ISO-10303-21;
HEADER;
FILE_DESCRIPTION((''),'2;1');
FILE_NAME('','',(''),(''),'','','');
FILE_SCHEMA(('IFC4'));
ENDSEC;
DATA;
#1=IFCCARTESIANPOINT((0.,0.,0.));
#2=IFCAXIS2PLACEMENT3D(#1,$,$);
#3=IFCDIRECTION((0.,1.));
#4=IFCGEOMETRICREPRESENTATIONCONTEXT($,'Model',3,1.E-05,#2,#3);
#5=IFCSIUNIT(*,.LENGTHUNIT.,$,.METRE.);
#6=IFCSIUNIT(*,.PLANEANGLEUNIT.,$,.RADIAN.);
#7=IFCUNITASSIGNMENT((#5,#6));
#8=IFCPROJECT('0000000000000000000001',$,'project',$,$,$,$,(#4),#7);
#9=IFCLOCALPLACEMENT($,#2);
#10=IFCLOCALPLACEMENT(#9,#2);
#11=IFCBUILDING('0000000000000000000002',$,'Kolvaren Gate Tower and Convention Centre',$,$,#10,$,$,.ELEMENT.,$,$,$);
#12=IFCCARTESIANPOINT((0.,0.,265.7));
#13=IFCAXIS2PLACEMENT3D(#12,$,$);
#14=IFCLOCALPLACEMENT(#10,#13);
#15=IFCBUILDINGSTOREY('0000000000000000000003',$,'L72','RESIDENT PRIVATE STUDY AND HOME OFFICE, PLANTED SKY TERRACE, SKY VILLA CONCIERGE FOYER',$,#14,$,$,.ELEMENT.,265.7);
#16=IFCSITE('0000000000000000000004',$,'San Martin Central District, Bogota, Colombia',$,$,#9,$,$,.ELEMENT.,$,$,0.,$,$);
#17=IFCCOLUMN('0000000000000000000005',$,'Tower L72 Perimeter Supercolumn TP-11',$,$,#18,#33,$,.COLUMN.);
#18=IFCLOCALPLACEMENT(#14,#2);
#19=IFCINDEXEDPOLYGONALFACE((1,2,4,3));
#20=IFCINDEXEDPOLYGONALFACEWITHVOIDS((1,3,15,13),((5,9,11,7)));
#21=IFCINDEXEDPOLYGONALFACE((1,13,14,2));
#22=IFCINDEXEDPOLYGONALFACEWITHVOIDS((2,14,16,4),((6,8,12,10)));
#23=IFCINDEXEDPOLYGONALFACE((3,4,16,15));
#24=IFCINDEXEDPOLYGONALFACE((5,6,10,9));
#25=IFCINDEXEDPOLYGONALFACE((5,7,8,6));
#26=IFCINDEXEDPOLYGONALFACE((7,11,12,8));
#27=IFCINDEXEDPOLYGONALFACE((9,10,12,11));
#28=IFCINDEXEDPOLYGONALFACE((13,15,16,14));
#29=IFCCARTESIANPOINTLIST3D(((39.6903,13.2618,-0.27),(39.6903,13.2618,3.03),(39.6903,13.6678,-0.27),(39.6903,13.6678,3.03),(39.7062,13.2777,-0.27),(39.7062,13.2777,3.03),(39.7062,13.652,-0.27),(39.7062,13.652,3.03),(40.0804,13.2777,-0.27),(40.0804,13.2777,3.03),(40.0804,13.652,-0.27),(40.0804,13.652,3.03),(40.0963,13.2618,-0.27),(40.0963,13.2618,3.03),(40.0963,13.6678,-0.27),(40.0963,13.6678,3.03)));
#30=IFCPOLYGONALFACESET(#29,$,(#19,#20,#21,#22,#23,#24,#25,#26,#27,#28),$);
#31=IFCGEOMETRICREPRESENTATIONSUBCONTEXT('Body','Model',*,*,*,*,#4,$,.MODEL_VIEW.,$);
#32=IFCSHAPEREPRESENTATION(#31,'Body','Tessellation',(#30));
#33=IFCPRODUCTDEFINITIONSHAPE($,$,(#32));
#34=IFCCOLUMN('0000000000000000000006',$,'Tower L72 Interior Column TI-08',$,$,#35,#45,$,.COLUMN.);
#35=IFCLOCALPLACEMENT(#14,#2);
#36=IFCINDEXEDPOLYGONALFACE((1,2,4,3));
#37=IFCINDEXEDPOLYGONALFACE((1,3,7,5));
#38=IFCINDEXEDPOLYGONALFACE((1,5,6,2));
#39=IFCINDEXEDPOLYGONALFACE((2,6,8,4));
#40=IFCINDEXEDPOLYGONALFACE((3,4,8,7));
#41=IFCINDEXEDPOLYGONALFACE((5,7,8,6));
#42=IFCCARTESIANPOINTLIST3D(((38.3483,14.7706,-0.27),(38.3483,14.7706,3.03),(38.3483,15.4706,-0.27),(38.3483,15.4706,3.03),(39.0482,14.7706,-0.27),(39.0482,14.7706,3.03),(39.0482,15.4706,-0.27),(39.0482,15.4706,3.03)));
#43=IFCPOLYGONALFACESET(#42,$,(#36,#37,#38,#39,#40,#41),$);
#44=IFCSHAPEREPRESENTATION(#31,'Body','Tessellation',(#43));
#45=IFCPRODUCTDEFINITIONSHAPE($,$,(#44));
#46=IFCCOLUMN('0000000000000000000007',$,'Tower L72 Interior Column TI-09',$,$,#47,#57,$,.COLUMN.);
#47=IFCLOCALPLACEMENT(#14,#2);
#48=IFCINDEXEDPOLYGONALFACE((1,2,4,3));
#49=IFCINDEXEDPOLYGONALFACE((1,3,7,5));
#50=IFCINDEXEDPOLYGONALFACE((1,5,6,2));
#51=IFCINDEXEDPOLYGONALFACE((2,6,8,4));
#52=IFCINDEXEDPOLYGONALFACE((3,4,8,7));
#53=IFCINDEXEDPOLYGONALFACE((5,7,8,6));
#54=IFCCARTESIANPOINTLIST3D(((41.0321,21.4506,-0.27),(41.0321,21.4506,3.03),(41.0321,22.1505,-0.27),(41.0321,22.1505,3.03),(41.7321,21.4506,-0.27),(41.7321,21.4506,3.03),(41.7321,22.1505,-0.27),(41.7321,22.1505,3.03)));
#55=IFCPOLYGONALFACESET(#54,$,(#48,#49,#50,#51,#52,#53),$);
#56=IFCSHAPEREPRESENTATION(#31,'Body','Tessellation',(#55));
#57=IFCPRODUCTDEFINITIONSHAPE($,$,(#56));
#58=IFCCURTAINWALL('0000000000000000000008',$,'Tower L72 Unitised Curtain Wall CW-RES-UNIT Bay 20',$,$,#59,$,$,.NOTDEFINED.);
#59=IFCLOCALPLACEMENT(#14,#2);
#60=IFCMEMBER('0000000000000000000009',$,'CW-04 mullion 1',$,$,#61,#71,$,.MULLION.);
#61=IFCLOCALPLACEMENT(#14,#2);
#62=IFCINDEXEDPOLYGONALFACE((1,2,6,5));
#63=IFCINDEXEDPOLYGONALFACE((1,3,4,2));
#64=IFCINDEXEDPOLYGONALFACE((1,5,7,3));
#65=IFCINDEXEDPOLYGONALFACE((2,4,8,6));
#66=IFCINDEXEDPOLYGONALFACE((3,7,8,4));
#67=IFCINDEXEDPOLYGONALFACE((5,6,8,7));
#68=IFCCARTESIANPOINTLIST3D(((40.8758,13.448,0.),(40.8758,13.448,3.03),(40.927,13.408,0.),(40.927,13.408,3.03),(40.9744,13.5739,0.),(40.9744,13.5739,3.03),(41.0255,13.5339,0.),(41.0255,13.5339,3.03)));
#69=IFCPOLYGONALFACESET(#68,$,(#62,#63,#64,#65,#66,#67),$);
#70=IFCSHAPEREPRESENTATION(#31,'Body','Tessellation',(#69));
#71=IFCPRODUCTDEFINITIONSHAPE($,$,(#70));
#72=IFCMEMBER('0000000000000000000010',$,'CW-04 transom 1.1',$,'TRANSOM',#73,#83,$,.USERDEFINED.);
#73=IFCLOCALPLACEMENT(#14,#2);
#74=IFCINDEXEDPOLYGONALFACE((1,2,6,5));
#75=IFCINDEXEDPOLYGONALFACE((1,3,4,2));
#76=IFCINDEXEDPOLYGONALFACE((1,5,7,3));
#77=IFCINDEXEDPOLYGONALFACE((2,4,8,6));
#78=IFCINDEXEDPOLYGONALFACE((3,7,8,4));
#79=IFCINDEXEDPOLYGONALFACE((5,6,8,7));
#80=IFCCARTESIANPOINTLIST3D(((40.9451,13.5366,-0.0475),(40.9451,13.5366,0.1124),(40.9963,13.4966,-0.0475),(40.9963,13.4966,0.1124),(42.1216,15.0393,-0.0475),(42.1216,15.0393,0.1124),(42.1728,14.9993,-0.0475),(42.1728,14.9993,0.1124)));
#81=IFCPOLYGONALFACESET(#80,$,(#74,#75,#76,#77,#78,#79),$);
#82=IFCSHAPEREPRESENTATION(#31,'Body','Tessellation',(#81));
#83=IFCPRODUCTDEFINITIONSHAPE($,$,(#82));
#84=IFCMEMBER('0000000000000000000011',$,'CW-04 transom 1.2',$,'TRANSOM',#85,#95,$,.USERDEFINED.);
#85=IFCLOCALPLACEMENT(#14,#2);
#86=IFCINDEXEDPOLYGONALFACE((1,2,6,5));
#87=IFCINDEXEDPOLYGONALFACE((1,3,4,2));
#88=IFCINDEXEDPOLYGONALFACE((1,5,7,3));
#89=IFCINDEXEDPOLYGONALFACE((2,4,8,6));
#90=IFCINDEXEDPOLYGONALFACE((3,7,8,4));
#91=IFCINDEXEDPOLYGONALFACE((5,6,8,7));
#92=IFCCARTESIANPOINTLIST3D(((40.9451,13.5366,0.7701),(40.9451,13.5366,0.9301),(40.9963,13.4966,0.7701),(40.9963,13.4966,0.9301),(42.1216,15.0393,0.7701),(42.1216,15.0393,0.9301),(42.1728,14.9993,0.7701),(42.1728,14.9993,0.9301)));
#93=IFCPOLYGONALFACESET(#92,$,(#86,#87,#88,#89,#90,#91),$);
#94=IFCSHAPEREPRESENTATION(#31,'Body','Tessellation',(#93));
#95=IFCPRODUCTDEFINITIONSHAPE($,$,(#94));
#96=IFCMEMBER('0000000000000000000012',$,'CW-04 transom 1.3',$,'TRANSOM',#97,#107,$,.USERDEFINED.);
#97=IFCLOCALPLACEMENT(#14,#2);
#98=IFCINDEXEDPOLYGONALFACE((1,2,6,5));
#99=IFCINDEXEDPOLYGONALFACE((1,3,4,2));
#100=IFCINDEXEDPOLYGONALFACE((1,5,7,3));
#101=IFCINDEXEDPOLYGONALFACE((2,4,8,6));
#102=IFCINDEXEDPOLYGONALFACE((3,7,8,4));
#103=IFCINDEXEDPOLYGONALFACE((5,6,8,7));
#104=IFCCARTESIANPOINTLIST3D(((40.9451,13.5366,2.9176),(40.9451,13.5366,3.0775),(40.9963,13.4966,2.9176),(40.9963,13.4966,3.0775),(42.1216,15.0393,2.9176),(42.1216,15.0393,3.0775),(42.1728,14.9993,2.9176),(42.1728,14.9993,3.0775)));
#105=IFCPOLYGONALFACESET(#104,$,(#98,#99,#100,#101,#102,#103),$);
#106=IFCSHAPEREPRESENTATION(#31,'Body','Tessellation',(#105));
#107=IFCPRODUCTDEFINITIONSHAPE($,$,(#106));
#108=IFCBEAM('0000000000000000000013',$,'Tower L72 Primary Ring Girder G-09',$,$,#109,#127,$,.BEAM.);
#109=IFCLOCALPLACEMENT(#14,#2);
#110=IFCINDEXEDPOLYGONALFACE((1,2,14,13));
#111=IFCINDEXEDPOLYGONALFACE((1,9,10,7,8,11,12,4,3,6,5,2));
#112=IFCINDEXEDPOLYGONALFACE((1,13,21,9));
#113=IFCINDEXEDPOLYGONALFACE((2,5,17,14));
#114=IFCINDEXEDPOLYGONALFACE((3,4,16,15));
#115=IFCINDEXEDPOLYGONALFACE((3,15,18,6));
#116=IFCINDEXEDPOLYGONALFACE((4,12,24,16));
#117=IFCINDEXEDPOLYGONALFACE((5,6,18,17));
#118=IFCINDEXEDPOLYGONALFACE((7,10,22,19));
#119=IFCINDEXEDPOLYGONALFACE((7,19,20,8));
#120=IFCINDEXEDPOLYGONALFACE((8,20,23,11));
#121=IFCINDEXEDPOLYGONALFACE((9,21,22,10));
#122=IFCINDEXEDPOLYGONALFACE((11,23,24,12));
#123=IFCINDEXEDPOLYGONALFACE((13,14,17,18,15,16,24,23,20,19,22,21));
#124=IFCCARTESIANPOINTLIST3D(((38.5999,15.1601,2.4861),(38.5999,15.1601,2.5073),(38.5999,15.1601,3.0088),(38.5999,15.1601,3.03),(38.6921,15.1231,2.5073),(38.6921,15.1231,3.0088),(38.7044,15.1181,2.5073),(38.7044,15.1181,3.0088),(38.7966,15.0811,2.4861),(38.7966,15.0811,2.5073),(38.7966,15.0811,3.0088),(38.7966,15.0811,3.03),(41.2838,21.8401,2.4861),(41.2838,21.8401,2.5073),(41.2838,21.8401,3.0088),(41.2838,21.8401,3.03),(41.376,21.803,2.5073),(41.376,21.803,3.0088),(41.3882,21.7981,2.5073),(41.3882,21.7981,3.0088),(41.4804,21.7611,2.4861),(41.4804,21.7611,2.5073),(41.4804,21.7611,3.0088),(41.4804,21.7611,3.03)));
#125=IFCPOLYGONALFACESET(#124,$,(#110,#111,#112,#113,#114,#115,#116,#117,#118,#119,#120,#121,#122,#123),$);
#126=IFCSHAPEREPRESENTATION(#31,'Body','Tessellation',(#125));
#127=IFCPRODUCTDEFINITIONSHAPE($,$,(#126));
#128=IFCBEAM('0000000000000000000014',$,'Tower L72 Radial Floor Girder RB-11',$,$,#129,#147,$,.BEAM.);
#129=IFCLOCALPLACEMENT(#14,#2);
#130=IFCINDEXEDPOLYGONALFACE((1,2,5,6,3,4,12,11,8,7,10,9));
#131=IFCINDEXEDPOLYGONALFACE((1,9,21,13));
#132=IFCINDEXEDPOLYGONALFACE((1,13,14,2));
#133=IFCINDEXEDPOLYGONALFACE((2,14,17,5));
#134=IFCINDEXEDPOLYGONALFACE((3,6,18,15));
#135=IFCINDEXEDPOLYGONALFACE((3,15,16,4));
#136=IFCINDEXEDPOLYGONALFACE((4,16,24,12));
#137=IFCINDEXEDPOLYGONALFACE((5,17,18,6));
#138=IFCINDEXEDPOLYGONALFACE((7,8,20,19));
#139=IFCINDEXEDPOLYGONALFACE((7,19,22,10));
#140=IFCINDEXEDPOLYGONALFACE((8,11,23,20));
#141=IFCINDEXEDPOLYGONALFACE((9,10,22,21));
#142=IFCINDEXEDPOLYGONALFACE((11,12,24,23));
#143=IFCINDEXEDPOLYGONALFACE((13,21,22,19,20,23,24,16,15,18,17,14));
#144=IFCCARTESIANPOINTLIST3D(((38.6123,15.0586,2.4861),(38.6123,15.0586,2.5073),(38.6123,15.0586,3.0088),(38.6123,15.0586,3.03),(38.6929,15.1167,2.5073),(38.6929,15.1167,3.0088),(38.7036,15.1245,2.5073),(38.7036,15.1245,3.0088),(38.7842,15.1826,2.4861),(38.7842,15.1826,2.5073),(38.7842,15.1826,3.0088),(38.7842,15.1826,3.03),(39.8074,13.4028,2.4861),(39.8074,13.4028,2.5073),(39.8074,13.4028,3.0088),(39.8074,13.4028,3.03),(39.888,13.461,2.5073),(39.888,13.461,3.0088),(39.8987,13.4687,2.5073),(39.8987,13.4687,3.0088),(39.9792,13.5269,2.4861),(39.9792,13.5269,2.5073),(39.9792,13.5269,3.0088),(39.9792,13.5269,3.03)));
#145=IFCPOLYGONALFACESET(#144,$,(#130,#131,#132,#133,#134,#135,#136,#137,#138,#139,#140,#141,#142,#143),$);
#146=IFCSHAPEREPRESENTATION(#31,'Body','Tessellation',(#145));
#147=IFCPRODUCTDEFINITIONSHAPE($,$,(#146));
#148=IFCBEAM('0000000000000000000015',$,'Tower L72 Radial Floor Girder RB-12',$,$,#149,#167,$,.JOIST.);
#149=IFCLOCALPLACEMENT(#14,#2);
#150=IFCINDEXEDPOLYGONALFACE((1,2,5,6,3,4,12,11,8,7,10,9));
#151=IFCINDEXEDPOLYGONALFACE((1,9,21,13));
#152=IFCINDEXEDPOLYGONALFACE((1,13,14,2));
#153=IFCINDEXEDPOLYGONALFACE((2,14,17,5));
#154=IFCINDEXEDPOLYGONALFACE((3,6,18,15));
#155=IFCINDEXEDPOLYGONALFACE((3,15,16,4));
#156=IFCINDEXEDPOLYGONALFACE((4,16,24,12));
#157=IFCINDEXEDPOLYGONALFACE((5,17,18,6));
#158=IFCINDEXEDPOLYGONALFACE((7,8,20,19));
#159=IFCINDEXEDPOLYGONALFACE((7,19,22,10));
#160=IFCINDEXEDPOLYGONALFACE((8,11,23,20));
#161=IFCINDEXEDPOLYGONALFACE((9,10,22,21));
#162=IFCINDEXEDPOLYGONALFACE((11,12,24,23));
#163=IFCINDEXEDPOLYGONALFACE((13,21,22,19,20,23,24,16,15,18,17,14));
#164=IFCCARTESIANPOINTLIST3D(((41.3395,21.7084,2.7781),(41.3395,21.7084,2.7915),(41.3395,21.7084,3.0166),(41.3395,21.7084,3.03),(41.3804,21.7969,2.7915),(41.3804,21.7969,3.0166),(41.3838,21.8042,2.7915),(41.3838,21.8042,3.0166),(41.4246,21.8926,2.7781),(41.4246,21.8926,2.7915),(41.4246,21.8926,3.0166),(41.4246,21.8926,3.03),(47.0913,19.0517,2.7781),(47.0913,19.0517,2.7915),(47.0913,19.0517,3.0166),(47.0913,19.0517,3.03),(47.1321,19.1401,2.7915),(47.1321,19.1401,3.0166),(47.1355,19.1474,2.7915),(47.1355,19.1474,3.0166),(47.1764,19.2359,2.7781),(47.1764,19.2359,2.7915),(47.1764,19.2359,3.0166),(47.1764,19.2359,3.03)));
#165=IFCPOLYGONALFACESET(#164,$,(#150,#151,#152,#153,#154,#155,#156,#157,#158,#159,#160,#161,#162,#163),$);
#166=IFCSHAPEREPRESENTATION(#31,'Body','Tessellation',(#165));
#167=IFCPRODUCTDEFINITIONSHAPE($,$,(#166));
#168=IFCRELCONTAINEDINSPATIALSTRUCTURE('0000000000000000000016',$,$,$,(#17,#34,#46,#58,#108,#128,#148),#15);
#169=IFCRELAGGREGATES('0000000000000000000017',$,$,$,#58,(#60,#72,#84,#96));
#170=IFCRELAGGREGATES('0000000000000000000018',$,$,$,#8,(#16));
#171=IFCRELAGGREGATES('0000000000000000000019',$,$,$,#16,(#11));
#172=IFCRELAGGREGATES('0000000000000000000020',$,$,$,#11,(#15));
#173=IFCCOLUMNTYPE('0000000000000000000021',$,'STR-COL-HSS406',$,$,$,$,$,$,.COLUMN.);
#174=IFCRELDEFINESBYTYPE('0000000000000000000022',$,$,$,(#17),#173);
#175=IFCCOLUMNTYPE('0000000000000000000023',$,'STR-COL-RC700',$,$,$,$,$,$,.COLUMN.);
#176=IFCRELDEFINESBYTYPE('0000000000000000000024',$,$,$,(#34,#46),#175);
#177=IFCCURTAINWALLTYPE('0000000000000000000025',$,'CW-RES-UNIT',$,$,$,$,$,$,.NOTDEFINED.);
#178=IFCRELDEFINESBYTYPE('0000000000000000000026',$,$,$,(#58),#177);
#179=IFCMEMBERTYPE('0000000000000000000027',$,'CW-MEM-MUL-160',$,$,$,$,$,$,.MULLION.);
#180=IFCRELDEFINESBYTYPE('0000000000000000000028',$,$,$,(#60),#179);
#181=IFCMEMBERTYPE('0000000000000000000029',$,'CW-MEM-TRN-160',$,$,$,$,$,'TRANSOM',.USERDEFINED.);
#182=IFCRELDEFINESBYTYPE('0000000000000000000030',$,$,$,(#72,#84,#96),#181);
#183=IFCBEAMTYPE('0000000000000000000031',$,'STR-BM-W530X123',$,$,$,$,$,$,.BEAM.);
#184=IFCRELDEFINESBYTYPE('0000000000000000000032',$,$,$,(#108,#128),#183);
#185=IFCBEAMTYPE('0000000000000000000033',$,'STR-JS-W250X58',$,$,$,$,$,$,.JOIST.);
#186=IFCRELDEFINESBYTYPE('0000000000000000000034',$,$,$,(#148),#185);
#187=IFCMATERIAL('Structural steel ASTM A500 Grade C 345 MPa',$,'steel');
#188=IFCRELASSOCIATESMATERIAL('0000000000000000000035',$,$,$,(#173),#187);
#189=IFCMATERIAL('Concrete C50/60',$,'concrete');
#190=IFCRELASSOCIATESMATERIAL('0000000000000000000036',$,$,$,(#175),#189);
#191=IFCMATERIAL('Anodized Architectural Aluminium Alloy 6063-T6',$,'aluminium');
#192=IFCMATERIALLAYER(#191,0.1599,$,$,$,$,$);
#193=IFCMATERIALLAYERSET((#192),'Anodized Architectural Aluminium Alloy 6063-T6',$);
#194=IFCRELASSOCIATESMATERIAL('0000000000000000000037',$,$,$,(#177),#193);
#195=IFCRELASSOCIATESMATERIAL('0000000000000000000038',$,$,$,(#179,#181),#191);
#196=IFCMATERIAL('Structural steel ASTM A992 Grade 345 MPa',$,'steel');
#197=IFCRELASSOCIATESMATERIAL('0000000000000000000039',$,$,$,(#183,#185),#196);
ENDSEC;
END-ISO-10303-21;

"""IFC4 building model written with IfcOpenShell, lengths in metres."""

from ifc_helpers import new_model, si_unit, direction, frame, origin, origin_2d, place, context, subcontext, project, spatial, rectangle, hollow_rectangle, i_section, extrude, material, layer, layer_set, material_profile, profile_set, type_object, element, aggregate, save


model = new_model("IFC4")

# Units and contexts
model_context = context("Model", 3, precision=1e-05, world=origin(), true_north=direction((0.0, 1.0)))
body_context = subcontext(model_context, "Body", "Model", "MODEL_VIEW")
ifc_project = project(units=[si_unit("LENGTHUNIT", "METRE"), si_unit("PLANEANGLEUNIT", "RADIAN")], contexts=[model_context])

# Site, building, storey
site_placement = place(None, origin())
site = spatial("IfcSite", under=ifc_project, at=site_placement, Name="San Martin Central District, Bogota, Colombia", CompositionType="ELEMENT", RefElevation=0.0)
building_placement = place(site_placement, origin())
building = spatial("IfcBuilding", under=site, at=building_placement, Name="Kolvaren Gate Tower and Convention Centre", CompositionType="ELEMENT")
storey_placement = place(building_placement, frame((0.0, 0.0, 265.7)))
storey = spatial("IfcBuildingStorey", under=building, at=storey_placement, Name="L72", Description="RESIDENT PRIVATE STUDY AND HOME OFFICE, PLANTED SKY TERRACE, SKY VILLA CONCIERGE FOYER", CompositionType="ELEMENT", Elevation=265.7)

# Columns
ifc_material_1 = material(Name="Structural steel ASTM A500 Grade C 345 MPa", Category="steel")
ifc_material_profile_1 = material_profile(ifc_material_1, hollow_rectangle(XDim=0.406, YDim=0.406, WallThickness=0.0159, at=origin_2d()), Name="HSS406X406X15.9")
ifc_profile_set_1 = profile_set([ifc_material_profile_1], Name="Structural steel ASTM A500 Grade C 345 MPa")
column_type_1 = type_object("IfcColumnType", Name="STR-COL-HSS406", PredefinedType="COLUMN", material=ifc_profile_set_1)
column_placement = place(storey_placement, frame((39.8933, 13.4648, -0.27), z_axis=(0.0, 0.0, 1.0), x_axis=(1.0, 0.0, 0.0)))
element("IfcColumn", 1, at=column_placement, inside=storey, type_object=column_type_1, Name="Tower L72 Perimeter Supercolumn TP-11", PredefinedType="COLUMN", context=body_context, shape_type="SweptSolid", body=[
    extrude(hollow_rectangle(XDim=0.406, YDim=0.406, WallThickness=0.0159, at=origin_2d()), origin(), (0.0, 0.0, 1.0), 3.3),
])
ifc_material_2 = material(Name="Concrete C50/60", Category="concrete")
ifc_material_profile_2 = material_profile(ifc_material_2, rectangle(XDim=0.7, YDim=0.7, at=origin_2d()), Name="RC-COL-700X700")
ifc_profile_set_2 = profile_set([ifc_material_profile_2], Name="Concrete C50/60")
column_type_2 = type_object("IfcColumnType", Name="STR-COL-RC700", PredefinedType="COLUMN", material=ifc_profile_set_2)
for number, where, z_axis, x_axis, name in (
    (2, (38.6982, 15.1206, -0.27), (0.0, 0.0, 1.0), (1.0, 0.0, 0.0), "Tower L72 Interior Column TI-08"),
    (3, (41.3821, 21.8005, -0.27), (0.0, 0.0, 1.0), (1.0, 0.0, 0.0), "Tower L72 Interior Column TI-09"),
):
    element("IfcColumn", number, at=place(storey_placement, frame(where, z_axis=z_axis, x_axis=x_axis)), inside=storey, type_object=column_type_2, Name=name, PredefinedType="COLUMN", context=body_context, shape_type="SweptSolid", body=[
        extrude(rectangle(XDim=0.7, YDim=0.7, at=origin_2d()), origin(), (0.0, 0.0, 1.0), 3.3),
    ])

# Curtain wall, members
ifc_material_3 = material(Name="Anodized Architectural Aluminium Alloy 6063-T6", Category="aluminium")
ifc_layer_1 = layer(ifc_material_3, 0.1599)
ifc_layer_set_1 = layer_set([ifc_layer_1], Name="Anodized Architectural Aluminium Alloy 6063-T6")
curtain_wall_type = type_object("IfcCurtainWallType", Name="CW-RES-UNIT", PredefinedType="NOTDEFINED", material=ifc_layer_set_1)
curtain_wall_placement = place(storey_placement, origin())
curtain_wall = element("IfcCurtainWall", 4, at=curtain_wall_placement, inside=storey, type_object=curtain_wall_type, Name="Tower L72 Unitised Curtain Wall CW-RES-UNIT Bay 20", PredefinedType="NOTDEFINED")
ifc_material_profile_3 = material_profile(ifc_material_3, rectangle(XDim=0.0649, YDim=0.1599, at=origin_2d()), Name="CW-MEM-MUL-160")
ifc_profile_set_3 = profile_set([ifc_material_profile_3], Name="Anodized Architectural Aluminium Alloy 6063-T6")
member_type_1 = type_object("IfcMemberType", Name="CW-MEM-MUL-160", PredefinedType="MULLION", material=ifc_profile_set_3)
member_1_placement = place(storey_placement, frame((40.9507, 13.491, 0.0), z_axis=(0.0, 0.0, 1.0), x_axis=(-0.787408, 0.616433, 0.0)))
member_1 = element("IfcMember", 5, at=member_1_placement, type_object=member_type_1, Name="CW-04 mullion 1", PredefinedType="MULLION", context=body_context, shape_type="SweptSolid", body=[
    extrude(rectangle(XDim=0.0649, YDim=0.1599, at=origin_2d()), origin(), (0.0, 0.0, 1.0), 3.03),
])
ifc_material_profile_4 = material_profile(ifc_material_3, rectangle(XDim=0.0649, YDim=0.1599, at=origin_2d()), Name="CW-MEM-TRN-160")
ifc_profile_set_4 = profile_set([ifc_material_profile_4], Name="Anodized Architectural Aluminium Alloy 6063-T6")
member_type_2 = type_object("IfcMemberType", Name="CW-MEM-TRN-160", ElementType="TRANSOM", PredefinedType="USERDEFINED", material=ifc_profile_set_4)
member_2_placement = place(storey_placement, frame((40.9707, 13.5166, 0.0325), z_axis=(0.61647, 0.787378, 0.0), x_axis=(-0.787378, 0.61647, 0.0)))
member_2 = element("IfcMember", 6, at=member_2_placement, type_object=member_type_2, Name="CW-04 transom 1.1", ObjectType="TRANSOM", PredefinedType="USERDEFINED", context=body_context, shape_type="SweptSolid", body=[
    extrude(rectangle(XDim=0.0649, YDim=0.1599, at=origin_2d()), origin(), (0.0, 0.0, 1.0), 1.9084),
])
member_3_placement = place(storey_placement, frame((40.9707, 13.5166, 0.8501), z_axis=(0.61647, 0.787378, 0.0), x_axis=(-0.787378, 0.61647, 0.0)))
member_3 = element("IfcMember", 7, at=member_3_placement, type_object=member_type_2, Name="CW-04 transom 1.2", ObjectType="TRANSOM", PredefinedType="USERDEFINED", context=body_context, shape_type="SweptSolid", body=[
    extrude(rectangle(XDim=0.0649, YDim=0.1599, at=origin_2d()), origin(), (0.0, 0.0, 1.0), 1.9084),
])
member_4_placement = place(storey_placement, frame((40.9707, 13.5166, 2.9976), z_axis=(0.61647, 0.787378, 0.0), x_axis=(-0.787378, 0.61647, 0.0)))
member_4 = element("IfcMember", 8, at=member_4_placement, type_object=member_type_2, Name="CW-04 transom 1.3", ObjectType="TRANSOM", PredefinedType="USERDEFINED", context=body_context, shape_type="SweptSolid", body=[
    extrude(rectangle(XDim=0.0649, YDim=0.1599, at=origin_2d()), origin(), (0.0, 0.0, 1.0), 1.9084),
])

# Beams
ifc_material_4 = material(Name="Structural steel ASTM A992 Grade 345 MPa", Category="steel")
ifc_material_profile_5 = material_profile(ifc_material_4, i_section(OverallWidth=0.2119, OverallDepth=0.5439, WebThickness=0.0132, FlangeThickness=0.0212, at=origin_2d()), Name="W530X123")
ifc_profile_set_5 = profile_set([ifc_material_profile_5], Name="Structural steel ASTM A992 Grade 345 MPa")
beam_type_1 = type_object("IfcBeamType", Name="STR-BM-W530X123", PredefinedType="BEAM", material=ifc_profile_set_5)
beam_1_placement = place(storey_placement, frame((38.6982, 15.1206, 2.7581), z_axis=(0.372811, 0.927907, 0.0), x_axis=(-0.927907, 0.372811, 0.0)))
element("IfcBeam", 9, at=beam_1_placement, inside=storey, type_object=beam_type_1, Name="Tower L72 Primary Ring Girder G-09", PredefinedType="BEAM", context=body_context, shape_type="SweptSolid", body=[
    extrude(i_section(OverallWidth=0.2119, OverallDepth=0.5439, WebThickness=0.0132, FlangeThickness=0.0212, at=origin_2d()), origin(), (0.0, 0.0, 1.0), 7.199),
])
beam_2_placement = place(storey_placement, frame((38.6982, 15.1206, 2.7581), z_axis=(0.585246, -0.810856, 0.0), x_axis=(0.810856, 0.585246, 0.0)))
element("IfcBeam", 10, at=beam_2_placement, inside=storey, type_object=beam_type_1, Name="Tower L72 Radial Floor Girder RB-11", PredefinedType="BEAM", context=body_context, shape_type="SweptSolid", body=[
    extrude(i_section(OverallWidth=0.2119, OverallDepth=0.5439, WebThickness=0.0132, FlangeThickness=0.0212, at=origin_2d()), origin(), (0.0, 0.0, 1.0), 2.042),
])
ifc_material_profile_6 = material_profile(ifc_material_4, i_section(OverallWidth=0.2029, OverallDepth=0.252, WebThickness=0.0081, FlangeThickness=0.0134, at=origin_2d()), Name="W250X58")
ifc_profile_set_6 = profile_set([ifc_material_profile_6], Name="Structural steel ASTM A992 Grade 345 MPa")
beam_type_2 = type_object("IfcBeamType", Name="STR-JS-W250X58", PredefinedType="JOIST", material=ifc_profile_set_6)
beam_3_placement = place(storey_placement, frame((41.3821, 21.8005, 2.9041), z_axis=(0.907833, -0.419332, 0.0), x_axis=(0.419332, 0.907833, 0.0)))
element("IfcBeam", 11, at=beam_3_placement, inside=storey, type_object=beam_type_2, Name="Tower L72 Radial Floor Girder RB-12", PredefinedType="JOIST", context=body_context, shape_type="SweptSolid", body=[
    extrude(i_section(OverallWidth=0.2029, OverallDepth=0.252, WebThickness=0.0081, FlangeThickness=0.0134, at=origin_2d()), origin(), (0.0, 0.0, 1.0), 6.3357),
])

aggregate(curtain_wall, [member_1, member_2, member_3, member_4])

save(model, "model.ifc")
